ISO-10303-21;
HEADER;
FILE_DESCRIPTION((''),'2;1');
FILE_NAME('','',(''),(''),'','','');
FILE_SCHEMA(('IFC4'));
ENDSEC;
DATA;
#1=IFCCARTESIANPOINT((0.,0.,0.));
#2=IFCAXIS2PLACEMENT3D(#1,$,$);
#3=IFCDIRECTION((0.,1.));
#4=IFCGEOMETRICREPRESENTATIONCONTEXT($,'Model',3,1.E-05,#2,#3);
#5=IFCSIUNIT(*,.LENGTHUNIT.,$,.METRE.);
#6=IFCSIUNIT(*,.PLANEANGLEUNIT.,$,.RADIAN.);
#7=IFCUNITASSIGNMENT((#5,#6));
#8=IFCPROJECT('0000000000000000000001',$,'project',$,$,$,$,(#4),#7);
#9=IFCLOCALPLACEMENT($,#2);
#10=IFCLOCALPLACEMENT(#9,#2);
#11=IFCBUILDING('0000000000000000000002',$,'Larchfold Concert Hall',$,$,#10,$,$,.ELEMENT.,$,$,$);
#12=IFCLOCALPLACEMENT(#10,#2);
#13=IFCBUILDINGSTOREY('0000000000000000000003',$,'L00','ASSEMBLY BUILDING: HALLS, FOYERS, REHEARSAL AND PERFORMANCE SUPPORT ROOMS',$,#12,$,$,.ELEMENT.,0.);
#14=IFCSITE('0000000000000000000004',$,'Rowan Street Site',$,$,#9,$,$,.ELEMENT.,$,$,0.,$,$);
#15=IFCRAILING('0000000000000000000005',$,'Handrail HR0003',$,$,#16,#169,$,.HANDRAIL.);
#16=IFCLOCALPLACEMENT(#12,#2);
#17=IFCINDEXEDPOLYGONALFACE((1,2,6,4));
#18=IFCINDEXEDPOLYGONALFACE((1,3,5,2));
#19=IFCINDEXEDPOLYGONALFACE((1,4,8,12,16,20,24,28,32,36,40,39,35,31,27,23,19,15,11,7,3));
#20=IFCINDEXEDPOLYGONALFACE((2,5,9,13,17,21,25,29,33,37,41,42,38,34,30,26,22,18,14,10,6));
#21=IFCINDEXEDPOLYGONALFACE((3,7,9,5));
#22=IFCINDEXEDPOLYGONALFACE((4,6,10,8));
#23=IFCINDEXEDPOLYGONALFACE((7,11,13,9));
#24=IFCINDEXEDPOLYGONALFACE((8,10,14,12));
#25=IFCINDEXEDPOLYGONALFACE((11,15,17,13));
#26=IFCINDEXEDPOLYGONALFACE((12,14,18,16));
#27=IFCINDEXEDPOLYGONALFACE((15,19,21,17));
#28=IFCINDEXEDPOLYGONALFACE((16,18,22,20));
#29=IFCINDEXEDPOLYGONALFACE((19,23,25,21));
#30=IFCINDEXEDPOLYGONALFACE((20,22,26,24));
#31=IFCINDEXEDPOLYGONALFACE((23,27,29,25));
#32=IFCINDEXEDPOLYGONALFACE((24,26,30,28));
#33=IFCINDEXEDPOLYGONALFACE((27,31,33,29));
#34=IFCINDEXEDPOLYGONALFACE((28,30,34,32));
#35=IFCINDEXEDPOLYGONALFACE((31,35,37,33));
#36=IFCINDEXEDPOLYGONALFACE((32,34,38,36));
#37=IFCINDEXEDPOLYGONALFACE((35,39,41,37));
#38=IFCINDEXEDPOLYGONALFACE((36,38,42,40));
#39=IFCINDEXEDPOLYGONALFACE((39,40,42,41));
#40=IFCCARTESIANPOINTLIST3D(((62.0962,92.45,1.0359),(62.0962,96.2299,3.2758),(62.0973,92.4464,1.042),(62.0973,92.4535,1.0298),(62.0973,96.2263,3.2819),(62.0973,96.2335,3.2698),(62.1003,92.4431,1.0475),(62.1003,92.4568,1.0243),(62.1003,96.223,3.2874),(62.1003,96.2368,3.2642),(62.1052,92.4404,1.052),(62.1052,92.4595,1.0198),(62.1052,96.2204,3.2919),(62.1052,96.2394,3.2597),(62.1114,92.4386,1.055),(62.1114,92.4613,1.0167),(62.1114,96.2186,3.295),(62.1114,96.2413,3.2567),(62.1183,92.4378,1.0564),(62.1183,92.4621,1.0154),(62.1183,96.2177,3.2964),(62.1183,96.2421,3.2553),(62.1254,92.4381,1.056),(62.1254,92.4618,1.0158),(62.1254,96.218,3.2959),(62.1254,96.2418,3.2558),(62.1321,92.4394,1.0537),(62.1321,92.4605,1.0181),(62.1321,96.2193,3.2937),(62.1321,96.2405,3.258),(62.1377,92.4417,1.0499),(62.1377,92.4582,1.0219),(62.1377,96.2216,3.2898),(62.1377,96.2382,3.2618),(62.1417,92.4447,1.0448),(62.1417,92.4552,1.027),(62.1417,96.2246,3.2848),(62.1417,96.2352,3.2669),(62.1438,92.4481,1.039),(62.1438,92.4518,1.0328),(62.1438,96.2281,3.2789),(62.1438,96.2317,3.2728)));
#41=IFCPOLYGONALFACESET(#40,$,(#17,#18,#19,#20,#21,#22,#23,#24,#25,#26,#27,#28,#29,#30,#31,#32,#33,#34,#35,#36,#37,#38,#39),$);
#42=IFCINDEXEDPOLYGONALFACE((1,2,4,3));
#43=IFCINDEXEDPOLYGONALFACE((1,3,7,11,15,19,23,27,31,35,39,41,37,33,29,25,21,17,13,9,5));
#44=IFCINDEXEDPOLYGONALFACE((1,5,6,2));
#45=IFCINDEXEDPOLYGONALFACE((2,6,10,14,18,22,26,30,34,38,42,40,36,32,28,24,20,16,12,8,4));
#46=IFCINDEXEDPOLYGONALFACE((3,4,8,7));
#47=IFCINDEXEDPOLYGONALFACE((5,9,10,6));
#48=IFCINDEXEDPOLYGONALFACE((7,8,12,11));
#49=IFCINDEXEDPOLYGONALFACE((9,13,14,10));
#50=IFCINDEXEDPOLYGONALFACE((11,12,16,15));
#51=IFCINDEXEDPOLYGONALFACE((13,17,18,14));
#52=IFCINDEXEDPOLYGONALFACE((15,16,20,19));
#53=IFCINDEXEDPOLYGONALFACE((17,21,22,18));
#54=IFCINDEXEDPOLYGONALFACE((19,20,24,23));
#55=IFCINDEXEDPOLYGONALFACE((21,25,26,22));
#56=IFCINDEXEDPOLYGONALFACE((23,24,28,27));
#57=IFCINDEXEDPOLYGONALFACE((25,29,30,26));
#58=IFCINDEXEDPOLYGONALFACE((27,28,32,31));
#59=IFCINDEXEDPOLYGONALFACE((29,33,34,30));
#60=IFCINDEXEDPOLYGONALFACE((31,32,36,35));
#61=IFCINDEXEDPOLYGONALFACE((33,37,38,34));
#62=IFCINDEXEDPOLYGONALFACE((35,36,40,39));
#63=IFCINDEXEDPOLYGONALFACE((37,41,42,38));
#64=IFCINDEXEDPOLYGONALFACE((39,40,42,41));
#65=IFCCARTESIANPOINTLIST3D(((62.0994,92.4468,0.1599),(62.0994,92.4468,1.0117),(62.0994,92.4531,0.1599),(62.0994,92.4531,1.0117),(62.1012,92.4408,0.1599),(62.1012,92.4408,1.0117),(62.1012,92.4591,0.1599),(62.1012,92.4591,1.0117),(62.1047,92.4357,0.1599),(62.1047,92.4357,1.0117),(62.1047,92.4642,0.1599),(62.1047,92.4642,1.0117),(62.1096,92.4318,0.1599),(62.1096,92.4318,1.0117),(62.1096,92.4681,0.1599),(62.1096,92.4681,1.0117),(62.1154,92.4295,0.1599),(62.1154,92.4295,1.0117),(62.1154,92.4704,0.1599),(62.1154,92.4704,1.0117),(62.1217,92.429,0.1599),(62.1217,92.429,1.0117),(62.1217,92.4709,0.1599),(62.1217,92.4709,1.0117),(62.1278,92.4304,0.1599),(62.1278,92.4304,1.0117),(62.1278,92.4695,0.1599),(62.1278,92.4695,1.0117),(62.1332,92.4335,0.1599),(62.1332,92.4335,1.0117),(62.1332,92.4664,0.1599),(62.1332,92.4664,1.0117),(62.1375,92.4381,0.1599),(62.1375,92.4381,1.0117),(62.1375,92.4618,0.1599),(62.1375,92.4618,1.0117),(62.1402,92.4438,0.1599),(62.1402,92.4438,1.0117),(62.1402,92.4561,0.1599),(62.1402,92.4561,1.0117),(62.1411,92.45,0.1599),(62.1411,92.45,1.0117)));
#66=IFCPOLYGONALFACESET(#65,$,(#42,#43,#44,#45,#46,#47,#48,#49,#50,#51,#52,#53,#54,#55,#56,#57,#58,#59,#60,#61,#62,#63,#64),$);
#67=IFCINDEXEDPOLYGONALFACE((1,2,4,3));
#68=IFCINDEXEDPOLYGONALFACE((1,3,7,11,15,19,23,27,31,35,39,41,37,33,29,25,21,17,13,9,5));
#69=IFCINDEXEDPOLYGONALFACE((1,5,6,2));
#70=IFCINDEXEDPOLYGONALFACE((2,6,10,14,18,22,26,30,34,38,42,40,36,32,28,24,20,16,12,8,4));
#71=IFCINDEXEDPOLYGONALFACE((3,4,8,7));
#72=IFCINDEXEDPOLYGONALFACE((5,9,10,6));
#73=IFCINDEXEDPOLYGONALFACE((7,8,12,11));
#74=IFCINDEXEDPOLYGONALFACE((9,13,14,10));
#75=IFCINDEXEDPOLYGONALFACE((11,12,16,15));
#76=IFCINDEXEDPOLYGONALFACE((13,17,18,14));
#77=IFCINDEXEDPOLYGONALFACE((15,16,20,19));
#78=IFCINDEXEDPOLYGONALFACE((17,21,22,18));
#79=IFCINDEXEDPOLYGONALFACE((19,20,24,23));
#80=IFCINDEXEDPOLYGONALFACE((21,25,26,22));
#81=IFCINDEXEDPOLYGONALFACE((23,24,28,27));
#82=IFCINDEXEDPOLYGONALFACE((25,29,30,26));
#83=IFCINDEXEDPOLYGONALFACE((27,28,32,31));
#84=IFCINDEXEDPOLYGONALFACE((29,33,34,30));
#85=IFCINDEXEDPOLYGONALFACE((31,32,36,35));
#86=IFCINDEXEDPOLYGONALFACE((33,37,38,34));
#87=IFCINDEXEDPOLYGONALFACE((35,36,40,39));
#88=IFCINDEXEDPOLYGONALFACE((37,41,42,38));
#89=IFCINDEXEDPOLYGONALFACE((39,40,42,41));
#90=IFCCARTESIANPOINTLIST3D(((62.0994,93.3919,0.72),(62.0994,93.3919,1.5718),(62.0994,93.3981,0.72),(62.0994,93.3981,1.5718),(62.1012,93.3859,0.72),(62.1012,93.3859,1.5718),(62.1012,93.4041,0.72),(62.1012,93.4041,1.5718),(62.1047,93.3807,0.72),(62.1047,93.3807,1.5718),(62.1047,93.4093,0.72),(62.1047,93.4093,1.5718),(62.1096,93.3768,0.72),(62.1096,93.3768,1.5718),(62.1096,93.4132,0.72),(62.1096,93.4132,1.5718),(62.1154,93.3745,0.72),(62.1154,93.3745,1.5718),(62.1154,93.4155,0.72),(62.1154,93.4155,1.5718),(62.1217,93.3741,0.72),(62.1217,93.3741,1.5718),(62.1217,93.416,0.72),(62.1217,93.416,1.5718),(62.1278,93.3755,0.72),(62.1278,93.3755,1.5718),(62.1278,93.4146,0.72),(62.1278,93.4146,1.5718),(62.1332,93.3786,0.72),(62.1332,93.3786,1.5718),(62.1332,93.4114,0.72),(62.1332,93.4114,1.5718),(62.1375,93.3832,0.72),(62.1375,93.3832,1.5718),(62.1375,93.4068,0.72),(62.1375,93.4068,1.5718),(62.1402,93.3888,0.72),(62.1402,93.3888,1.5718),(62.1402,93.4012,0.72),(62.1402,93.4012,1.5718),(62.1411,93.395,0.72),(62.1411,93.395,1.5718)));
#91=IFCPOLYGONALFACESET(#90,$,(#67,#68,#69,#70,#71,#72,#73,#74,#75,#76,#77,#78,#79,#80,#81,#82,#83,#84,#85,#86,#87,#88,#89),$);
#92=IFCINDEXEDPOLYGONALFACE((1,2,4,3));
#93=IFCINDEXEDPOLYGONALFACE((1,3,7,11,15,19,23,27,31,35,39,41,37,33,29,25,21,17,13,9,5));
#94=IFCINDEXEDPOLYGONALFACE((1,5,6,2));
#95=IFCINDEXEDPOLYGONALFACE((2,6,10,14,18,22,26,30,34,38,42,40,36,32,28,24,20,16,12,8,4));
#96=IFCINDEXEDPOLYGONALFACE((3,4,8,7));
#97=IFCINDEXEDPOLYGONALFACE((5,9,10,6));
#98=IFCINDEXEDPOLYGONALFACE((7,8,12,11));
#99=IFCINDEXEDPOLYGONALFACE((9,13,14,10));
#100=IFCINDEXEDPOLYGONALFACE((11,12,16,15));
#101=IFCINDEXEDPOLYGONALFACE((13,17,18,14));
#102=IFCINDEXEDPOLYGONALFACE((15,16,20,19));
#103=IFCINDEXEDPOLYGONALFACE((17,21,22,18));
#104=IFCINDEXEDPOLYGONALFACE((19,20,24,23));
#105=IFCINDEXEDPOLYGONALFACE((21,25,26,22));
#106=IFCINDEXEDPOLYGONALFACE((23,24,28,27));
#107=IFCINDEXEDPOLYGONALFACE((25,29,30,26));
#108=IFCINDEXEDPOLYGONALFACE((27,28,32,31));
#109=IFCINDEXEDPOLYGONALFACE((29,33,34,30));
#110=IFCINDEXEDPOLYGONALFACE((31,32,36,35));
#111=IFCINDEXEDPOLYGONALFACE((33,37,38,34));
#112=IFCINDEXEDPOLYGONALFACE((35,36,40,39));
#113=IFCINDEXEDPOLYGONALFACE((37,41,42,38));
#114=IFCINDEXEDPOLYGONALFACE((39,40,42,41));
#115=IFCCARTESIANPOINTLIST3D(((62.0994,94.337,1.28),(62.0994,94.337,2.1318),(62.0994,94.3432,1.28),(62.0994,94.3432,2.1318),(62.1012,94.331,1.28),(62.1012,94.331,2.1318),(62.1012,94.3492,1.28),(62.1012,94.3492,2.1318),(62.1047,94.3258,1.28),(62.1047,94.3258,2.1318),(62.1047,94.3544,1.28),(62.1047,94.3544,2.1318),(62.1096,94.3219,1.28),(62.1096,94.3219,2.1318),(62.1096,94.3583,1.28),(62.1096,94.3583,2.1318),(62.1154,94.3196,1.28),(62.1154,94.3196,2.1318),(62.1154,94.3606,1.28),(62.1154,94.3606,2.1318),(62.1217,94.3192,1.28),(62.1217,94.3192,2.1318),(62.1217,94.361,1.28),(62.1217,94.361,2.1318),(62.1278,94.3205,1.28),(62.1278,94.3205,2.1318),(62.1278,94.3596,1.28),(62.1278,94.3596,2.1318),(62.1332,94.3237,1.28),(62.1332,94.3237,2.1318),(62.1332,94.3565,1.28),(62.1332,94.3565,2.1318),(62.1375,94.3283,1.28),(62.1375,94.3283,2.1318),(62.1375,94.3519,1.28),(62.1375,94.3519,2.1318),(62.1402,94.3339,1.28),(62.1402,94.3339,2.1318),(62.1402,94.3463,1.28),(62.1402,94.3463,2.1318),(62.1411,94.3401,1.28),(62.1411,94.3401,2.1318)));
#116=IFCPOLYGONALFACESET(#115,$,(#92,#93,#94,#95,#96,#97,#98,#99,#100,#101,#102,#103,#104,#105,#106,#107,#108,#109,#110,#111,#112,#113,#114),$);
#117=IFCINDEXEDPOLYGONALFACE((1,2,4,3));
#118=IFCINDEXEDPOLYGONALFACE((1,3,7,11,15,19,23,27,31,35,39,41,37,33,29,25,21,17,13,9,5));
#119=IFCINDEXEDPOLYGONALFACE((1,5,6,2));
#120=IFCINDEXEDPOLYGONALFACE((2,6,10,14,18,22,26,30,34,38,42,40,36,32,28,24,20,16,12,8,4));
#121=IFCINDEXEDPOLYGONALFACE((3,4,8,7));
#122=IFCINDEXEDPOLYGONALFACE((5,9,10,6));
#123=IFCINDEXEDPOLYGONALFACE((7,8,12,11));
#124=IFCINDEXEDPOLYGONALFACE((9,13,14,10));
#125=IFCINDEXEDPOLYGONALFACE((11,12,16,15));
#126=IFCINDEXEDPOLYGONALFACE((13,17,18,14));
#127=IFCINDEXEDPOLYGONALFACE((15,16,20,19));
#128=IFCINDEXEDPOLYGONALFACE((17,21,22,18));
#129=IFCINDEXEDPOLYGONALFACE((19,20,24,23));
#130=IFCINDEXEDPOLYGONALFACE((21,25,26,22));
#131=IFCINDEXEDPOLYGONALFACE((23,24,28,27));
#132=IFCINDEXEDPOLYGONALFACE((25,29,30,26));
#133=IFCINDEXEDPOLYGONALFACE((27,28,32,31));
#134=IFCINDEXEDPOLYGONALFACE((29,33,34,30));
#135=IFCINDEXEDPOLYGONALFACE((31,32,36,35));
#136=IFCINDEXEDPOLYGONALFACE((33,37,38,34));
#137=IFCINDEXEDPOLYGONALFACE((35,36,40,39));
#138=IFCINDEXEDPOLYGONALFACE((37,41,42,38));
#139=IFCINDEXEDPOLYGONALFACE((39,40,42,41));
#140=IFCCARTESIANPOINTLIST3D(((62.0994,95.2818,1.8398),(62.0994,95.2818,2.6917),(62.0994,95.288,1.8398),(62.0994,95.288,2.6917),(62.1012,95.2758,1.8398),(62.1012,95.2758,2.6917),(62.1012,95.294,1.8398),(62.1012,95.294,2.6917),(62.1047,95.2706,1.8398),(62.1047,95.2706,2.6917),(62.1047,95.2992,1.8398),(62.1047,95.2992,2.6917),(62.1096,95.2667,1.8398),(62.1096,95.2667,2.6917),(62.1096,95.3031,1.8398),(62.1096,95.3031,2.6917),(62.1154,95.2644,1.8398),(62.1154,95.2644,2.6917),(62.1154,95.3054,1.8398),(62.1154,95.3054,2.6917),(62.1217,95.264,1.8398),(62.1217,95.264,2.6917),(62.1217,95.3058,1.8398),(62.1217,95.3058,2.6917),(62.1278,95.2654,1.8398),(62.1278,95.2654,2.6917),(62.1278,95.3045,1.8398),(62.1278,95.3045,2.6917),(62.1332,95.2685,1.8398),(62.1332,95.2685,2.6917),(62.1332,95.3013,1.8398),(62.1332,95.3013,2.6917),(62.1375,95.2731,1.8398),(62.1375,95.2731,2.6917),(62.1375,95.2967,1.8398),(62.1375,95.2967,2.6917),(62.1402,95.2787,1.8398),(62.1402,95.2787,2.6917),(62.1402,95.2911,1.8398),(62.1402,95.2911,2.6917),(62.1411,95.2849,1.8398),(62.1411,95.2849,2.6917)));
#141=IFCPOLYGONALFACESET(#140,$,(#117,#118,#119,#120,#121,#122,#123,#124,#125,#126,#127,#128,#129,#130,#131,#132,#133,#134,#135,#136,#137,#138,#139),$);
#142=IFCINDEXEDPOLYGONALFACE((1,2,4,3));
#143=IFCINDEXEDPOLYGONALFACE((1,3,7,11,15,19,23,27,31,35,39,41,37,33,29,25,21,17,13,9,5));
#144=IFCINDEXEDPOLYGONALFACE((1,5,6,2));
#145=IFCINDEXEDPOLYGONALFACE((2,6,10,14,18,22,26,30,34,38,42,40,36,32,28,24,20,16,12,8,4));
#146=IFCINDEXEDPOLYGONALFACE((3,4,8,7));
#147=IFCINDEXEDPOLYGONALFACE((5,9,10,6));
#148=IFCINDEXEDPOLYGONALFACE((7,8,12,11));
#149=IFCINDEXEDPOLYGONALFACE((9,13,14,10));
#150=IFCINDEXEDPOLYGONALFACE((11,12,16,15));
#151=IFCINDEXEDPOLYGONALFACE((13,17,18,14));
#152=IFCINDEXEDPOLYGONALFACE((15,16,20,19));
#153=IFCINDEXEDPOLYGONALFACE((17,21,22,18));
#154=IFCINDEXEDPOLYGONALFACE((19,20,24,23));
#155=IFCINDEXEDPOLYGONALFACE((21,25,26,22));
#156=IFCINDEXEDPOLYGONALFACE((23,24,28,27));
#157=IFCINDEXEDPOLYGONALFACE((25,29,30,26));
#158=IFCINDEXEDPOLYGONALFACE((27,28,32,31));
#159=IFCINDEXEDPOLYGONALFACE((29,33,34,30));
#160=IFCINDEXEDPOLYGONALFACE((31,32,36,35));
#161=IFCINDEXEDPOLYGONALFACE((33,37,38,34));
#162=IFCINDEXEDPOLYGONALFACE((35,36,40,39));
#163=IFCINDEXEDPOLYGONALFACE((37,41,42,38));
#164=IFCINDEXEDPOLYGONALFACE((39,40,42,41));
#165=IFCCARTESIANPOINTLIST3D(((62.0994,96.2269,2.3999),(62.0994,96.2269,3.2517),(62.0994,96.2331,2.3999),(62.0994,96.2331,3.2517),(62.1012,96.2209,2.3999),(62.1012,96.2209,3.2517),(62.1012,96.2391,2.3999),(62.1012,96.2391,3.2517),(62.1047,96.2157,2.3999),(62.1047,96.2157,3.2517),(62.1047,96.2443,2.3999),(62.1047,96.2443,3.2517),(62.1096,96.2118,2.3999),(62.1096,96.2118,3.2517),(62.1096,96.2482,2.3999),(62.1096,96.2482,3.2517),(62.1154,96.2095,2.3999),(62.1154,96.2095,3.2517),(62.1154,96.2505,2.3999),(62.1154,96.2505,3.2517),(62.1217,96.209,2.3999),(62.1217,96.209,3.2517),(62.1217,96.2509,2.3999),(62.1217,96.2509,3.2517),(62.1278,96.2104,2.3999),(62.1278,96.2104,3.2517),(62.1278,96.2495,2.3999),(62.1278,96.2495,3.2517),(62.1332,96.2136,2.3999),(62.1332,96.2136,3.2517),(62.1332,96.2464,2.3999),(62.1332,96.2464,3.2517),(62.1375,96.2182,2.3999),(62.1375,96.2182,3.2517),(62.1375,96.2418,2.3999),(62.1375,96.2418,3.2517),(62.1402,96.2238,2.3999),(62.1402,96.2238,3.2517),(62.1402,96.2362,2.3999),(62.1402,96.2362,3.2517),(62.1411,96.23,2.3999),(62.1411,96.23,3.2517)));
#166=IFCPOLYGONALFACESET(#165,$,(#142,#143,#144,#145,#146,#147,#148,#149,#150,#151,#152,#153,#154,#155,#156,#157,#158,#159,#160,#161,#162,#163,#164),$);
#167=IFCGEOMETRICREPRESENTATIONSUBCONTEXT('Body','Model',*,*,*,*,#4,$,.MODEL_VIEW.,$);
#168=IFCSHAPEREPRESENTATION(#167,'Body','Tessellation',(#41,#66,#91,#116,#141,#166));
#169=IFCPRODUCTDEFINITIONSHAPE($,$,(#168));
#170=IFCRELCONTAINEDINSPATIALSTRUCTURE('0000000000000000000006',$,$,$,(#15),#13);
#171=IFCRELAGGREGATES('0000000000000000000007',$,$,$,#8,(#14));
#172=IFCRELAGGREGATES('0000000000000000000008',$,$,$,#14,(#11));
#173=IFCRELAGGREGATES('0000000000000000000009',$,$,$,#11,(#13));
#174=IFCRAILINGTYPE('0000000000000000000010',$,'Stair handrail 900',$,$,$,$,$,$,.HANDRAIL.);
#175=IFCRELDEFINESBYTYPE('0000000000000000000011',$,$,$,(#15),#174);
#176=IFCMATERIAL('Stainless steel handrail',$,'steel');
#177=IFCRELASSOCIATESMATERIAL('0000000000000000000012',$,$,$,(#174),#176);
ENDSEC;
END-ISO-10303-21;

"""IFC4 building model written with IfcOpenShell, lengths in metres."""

from ifc_helpers import new_model, si_unit, direction, frame, origin, origin_2d, place, context, subcontext, project, spatial, circle, extrude, material, type_object, element, save


model = new_model("IFC4")

# Units and contexts
model_context = context("Model", 3, precision=1e-05, world=origin(), true_north=direction((0.0, 1.0)))
body_context = subcontext(model_context, "Body", "Model", "MODEL_VIEW")
ifc_project = project(units=[si_unit("LENGTHUNIT", "METRE"), si_unit("PLANEANGLEUNIT", "RADIAN")], contexts=[model_context])

# Site, building, storey
site_placement = place(None, origin())
site = spatial("IfcSite", under=ifc_project, at=site_placement, Name="Rowan Street Site", CompositionType="ELEMENT", RefElevation=0.0)
building_placement = place(site_placement, origin())
building = spatial("IfcBuilding", under=site, at=building_placement, Name="Larchfold Concert Hall", CompositionType="ELEMENT")
storey_placement = place(building_placement, origin())
storey = spatial("IfcBuildingStorey", under=building, at=storey_placement, Name="L00", Description="ASSEMBLY BUILDING: HALLS, FOYERS, REHEARSAL AND PERFORMANCE SUPPORT ROOMS", CompositionType="ELEMENT", Elevation=0.0)

# Railing
ifc_material_1 = material(Name="Stainless steel handrail", Category="steel")
railing_type_1 = type_object("IfcRailingType", Name="Stair handrail 900", PredefinedType="HANDRAIL", material=ifc_material_1)
railing_1_placement = place(storey_placement, frame((62.1201, 92.45, 0.1599)))
element("IfcRailing", 1, at=railing_1_placement, inside=storey, type_object=railing_type_1, Name="Handrail HR0003", PredefinedType="HANDRAIL", context=body_context, shape_type="SweptSolid", body=[
    extrude(circle(Radius=0.0239, at=origin_2d()), frame((0.0, 0.0, 0.876), z_axis=(0.0, 0.860294, 0.509798), x_axis=(-1.0, 0.0, 0.0)), (0.0, 0.0, 1.0), 4.3938),
    extrude(circle(Radius=0.021, at=origin_2d()), origin(), (0.0, 0.0, 1.0), 0.8518),
    extrude(circle(Radius=0.021, at=origin_2d()), frame((0.0, 0.9451, 0.5601)), (0.0, 0.0, 1.0), 0.8518),
    extrude(circle(Radius=0.021, at=origin_2d()), frame((0.0, 1.8901, 1.1201)), (0.0, 0.0, 1.0), 0.8518),
    extrude(circle(Radius=0.021, at=origin_2d()), frame((0.0, 2.835, 1.6799)), (0.0, 0.0, 1.0), 0.8518),
    extrude(circle(Radius=0.021, at=origin_2d()), frame((0.0, 3.78, 2.24)), (0.0, 0.0, 1.0), 0.8518),
])

save(model, "model.ifc")
